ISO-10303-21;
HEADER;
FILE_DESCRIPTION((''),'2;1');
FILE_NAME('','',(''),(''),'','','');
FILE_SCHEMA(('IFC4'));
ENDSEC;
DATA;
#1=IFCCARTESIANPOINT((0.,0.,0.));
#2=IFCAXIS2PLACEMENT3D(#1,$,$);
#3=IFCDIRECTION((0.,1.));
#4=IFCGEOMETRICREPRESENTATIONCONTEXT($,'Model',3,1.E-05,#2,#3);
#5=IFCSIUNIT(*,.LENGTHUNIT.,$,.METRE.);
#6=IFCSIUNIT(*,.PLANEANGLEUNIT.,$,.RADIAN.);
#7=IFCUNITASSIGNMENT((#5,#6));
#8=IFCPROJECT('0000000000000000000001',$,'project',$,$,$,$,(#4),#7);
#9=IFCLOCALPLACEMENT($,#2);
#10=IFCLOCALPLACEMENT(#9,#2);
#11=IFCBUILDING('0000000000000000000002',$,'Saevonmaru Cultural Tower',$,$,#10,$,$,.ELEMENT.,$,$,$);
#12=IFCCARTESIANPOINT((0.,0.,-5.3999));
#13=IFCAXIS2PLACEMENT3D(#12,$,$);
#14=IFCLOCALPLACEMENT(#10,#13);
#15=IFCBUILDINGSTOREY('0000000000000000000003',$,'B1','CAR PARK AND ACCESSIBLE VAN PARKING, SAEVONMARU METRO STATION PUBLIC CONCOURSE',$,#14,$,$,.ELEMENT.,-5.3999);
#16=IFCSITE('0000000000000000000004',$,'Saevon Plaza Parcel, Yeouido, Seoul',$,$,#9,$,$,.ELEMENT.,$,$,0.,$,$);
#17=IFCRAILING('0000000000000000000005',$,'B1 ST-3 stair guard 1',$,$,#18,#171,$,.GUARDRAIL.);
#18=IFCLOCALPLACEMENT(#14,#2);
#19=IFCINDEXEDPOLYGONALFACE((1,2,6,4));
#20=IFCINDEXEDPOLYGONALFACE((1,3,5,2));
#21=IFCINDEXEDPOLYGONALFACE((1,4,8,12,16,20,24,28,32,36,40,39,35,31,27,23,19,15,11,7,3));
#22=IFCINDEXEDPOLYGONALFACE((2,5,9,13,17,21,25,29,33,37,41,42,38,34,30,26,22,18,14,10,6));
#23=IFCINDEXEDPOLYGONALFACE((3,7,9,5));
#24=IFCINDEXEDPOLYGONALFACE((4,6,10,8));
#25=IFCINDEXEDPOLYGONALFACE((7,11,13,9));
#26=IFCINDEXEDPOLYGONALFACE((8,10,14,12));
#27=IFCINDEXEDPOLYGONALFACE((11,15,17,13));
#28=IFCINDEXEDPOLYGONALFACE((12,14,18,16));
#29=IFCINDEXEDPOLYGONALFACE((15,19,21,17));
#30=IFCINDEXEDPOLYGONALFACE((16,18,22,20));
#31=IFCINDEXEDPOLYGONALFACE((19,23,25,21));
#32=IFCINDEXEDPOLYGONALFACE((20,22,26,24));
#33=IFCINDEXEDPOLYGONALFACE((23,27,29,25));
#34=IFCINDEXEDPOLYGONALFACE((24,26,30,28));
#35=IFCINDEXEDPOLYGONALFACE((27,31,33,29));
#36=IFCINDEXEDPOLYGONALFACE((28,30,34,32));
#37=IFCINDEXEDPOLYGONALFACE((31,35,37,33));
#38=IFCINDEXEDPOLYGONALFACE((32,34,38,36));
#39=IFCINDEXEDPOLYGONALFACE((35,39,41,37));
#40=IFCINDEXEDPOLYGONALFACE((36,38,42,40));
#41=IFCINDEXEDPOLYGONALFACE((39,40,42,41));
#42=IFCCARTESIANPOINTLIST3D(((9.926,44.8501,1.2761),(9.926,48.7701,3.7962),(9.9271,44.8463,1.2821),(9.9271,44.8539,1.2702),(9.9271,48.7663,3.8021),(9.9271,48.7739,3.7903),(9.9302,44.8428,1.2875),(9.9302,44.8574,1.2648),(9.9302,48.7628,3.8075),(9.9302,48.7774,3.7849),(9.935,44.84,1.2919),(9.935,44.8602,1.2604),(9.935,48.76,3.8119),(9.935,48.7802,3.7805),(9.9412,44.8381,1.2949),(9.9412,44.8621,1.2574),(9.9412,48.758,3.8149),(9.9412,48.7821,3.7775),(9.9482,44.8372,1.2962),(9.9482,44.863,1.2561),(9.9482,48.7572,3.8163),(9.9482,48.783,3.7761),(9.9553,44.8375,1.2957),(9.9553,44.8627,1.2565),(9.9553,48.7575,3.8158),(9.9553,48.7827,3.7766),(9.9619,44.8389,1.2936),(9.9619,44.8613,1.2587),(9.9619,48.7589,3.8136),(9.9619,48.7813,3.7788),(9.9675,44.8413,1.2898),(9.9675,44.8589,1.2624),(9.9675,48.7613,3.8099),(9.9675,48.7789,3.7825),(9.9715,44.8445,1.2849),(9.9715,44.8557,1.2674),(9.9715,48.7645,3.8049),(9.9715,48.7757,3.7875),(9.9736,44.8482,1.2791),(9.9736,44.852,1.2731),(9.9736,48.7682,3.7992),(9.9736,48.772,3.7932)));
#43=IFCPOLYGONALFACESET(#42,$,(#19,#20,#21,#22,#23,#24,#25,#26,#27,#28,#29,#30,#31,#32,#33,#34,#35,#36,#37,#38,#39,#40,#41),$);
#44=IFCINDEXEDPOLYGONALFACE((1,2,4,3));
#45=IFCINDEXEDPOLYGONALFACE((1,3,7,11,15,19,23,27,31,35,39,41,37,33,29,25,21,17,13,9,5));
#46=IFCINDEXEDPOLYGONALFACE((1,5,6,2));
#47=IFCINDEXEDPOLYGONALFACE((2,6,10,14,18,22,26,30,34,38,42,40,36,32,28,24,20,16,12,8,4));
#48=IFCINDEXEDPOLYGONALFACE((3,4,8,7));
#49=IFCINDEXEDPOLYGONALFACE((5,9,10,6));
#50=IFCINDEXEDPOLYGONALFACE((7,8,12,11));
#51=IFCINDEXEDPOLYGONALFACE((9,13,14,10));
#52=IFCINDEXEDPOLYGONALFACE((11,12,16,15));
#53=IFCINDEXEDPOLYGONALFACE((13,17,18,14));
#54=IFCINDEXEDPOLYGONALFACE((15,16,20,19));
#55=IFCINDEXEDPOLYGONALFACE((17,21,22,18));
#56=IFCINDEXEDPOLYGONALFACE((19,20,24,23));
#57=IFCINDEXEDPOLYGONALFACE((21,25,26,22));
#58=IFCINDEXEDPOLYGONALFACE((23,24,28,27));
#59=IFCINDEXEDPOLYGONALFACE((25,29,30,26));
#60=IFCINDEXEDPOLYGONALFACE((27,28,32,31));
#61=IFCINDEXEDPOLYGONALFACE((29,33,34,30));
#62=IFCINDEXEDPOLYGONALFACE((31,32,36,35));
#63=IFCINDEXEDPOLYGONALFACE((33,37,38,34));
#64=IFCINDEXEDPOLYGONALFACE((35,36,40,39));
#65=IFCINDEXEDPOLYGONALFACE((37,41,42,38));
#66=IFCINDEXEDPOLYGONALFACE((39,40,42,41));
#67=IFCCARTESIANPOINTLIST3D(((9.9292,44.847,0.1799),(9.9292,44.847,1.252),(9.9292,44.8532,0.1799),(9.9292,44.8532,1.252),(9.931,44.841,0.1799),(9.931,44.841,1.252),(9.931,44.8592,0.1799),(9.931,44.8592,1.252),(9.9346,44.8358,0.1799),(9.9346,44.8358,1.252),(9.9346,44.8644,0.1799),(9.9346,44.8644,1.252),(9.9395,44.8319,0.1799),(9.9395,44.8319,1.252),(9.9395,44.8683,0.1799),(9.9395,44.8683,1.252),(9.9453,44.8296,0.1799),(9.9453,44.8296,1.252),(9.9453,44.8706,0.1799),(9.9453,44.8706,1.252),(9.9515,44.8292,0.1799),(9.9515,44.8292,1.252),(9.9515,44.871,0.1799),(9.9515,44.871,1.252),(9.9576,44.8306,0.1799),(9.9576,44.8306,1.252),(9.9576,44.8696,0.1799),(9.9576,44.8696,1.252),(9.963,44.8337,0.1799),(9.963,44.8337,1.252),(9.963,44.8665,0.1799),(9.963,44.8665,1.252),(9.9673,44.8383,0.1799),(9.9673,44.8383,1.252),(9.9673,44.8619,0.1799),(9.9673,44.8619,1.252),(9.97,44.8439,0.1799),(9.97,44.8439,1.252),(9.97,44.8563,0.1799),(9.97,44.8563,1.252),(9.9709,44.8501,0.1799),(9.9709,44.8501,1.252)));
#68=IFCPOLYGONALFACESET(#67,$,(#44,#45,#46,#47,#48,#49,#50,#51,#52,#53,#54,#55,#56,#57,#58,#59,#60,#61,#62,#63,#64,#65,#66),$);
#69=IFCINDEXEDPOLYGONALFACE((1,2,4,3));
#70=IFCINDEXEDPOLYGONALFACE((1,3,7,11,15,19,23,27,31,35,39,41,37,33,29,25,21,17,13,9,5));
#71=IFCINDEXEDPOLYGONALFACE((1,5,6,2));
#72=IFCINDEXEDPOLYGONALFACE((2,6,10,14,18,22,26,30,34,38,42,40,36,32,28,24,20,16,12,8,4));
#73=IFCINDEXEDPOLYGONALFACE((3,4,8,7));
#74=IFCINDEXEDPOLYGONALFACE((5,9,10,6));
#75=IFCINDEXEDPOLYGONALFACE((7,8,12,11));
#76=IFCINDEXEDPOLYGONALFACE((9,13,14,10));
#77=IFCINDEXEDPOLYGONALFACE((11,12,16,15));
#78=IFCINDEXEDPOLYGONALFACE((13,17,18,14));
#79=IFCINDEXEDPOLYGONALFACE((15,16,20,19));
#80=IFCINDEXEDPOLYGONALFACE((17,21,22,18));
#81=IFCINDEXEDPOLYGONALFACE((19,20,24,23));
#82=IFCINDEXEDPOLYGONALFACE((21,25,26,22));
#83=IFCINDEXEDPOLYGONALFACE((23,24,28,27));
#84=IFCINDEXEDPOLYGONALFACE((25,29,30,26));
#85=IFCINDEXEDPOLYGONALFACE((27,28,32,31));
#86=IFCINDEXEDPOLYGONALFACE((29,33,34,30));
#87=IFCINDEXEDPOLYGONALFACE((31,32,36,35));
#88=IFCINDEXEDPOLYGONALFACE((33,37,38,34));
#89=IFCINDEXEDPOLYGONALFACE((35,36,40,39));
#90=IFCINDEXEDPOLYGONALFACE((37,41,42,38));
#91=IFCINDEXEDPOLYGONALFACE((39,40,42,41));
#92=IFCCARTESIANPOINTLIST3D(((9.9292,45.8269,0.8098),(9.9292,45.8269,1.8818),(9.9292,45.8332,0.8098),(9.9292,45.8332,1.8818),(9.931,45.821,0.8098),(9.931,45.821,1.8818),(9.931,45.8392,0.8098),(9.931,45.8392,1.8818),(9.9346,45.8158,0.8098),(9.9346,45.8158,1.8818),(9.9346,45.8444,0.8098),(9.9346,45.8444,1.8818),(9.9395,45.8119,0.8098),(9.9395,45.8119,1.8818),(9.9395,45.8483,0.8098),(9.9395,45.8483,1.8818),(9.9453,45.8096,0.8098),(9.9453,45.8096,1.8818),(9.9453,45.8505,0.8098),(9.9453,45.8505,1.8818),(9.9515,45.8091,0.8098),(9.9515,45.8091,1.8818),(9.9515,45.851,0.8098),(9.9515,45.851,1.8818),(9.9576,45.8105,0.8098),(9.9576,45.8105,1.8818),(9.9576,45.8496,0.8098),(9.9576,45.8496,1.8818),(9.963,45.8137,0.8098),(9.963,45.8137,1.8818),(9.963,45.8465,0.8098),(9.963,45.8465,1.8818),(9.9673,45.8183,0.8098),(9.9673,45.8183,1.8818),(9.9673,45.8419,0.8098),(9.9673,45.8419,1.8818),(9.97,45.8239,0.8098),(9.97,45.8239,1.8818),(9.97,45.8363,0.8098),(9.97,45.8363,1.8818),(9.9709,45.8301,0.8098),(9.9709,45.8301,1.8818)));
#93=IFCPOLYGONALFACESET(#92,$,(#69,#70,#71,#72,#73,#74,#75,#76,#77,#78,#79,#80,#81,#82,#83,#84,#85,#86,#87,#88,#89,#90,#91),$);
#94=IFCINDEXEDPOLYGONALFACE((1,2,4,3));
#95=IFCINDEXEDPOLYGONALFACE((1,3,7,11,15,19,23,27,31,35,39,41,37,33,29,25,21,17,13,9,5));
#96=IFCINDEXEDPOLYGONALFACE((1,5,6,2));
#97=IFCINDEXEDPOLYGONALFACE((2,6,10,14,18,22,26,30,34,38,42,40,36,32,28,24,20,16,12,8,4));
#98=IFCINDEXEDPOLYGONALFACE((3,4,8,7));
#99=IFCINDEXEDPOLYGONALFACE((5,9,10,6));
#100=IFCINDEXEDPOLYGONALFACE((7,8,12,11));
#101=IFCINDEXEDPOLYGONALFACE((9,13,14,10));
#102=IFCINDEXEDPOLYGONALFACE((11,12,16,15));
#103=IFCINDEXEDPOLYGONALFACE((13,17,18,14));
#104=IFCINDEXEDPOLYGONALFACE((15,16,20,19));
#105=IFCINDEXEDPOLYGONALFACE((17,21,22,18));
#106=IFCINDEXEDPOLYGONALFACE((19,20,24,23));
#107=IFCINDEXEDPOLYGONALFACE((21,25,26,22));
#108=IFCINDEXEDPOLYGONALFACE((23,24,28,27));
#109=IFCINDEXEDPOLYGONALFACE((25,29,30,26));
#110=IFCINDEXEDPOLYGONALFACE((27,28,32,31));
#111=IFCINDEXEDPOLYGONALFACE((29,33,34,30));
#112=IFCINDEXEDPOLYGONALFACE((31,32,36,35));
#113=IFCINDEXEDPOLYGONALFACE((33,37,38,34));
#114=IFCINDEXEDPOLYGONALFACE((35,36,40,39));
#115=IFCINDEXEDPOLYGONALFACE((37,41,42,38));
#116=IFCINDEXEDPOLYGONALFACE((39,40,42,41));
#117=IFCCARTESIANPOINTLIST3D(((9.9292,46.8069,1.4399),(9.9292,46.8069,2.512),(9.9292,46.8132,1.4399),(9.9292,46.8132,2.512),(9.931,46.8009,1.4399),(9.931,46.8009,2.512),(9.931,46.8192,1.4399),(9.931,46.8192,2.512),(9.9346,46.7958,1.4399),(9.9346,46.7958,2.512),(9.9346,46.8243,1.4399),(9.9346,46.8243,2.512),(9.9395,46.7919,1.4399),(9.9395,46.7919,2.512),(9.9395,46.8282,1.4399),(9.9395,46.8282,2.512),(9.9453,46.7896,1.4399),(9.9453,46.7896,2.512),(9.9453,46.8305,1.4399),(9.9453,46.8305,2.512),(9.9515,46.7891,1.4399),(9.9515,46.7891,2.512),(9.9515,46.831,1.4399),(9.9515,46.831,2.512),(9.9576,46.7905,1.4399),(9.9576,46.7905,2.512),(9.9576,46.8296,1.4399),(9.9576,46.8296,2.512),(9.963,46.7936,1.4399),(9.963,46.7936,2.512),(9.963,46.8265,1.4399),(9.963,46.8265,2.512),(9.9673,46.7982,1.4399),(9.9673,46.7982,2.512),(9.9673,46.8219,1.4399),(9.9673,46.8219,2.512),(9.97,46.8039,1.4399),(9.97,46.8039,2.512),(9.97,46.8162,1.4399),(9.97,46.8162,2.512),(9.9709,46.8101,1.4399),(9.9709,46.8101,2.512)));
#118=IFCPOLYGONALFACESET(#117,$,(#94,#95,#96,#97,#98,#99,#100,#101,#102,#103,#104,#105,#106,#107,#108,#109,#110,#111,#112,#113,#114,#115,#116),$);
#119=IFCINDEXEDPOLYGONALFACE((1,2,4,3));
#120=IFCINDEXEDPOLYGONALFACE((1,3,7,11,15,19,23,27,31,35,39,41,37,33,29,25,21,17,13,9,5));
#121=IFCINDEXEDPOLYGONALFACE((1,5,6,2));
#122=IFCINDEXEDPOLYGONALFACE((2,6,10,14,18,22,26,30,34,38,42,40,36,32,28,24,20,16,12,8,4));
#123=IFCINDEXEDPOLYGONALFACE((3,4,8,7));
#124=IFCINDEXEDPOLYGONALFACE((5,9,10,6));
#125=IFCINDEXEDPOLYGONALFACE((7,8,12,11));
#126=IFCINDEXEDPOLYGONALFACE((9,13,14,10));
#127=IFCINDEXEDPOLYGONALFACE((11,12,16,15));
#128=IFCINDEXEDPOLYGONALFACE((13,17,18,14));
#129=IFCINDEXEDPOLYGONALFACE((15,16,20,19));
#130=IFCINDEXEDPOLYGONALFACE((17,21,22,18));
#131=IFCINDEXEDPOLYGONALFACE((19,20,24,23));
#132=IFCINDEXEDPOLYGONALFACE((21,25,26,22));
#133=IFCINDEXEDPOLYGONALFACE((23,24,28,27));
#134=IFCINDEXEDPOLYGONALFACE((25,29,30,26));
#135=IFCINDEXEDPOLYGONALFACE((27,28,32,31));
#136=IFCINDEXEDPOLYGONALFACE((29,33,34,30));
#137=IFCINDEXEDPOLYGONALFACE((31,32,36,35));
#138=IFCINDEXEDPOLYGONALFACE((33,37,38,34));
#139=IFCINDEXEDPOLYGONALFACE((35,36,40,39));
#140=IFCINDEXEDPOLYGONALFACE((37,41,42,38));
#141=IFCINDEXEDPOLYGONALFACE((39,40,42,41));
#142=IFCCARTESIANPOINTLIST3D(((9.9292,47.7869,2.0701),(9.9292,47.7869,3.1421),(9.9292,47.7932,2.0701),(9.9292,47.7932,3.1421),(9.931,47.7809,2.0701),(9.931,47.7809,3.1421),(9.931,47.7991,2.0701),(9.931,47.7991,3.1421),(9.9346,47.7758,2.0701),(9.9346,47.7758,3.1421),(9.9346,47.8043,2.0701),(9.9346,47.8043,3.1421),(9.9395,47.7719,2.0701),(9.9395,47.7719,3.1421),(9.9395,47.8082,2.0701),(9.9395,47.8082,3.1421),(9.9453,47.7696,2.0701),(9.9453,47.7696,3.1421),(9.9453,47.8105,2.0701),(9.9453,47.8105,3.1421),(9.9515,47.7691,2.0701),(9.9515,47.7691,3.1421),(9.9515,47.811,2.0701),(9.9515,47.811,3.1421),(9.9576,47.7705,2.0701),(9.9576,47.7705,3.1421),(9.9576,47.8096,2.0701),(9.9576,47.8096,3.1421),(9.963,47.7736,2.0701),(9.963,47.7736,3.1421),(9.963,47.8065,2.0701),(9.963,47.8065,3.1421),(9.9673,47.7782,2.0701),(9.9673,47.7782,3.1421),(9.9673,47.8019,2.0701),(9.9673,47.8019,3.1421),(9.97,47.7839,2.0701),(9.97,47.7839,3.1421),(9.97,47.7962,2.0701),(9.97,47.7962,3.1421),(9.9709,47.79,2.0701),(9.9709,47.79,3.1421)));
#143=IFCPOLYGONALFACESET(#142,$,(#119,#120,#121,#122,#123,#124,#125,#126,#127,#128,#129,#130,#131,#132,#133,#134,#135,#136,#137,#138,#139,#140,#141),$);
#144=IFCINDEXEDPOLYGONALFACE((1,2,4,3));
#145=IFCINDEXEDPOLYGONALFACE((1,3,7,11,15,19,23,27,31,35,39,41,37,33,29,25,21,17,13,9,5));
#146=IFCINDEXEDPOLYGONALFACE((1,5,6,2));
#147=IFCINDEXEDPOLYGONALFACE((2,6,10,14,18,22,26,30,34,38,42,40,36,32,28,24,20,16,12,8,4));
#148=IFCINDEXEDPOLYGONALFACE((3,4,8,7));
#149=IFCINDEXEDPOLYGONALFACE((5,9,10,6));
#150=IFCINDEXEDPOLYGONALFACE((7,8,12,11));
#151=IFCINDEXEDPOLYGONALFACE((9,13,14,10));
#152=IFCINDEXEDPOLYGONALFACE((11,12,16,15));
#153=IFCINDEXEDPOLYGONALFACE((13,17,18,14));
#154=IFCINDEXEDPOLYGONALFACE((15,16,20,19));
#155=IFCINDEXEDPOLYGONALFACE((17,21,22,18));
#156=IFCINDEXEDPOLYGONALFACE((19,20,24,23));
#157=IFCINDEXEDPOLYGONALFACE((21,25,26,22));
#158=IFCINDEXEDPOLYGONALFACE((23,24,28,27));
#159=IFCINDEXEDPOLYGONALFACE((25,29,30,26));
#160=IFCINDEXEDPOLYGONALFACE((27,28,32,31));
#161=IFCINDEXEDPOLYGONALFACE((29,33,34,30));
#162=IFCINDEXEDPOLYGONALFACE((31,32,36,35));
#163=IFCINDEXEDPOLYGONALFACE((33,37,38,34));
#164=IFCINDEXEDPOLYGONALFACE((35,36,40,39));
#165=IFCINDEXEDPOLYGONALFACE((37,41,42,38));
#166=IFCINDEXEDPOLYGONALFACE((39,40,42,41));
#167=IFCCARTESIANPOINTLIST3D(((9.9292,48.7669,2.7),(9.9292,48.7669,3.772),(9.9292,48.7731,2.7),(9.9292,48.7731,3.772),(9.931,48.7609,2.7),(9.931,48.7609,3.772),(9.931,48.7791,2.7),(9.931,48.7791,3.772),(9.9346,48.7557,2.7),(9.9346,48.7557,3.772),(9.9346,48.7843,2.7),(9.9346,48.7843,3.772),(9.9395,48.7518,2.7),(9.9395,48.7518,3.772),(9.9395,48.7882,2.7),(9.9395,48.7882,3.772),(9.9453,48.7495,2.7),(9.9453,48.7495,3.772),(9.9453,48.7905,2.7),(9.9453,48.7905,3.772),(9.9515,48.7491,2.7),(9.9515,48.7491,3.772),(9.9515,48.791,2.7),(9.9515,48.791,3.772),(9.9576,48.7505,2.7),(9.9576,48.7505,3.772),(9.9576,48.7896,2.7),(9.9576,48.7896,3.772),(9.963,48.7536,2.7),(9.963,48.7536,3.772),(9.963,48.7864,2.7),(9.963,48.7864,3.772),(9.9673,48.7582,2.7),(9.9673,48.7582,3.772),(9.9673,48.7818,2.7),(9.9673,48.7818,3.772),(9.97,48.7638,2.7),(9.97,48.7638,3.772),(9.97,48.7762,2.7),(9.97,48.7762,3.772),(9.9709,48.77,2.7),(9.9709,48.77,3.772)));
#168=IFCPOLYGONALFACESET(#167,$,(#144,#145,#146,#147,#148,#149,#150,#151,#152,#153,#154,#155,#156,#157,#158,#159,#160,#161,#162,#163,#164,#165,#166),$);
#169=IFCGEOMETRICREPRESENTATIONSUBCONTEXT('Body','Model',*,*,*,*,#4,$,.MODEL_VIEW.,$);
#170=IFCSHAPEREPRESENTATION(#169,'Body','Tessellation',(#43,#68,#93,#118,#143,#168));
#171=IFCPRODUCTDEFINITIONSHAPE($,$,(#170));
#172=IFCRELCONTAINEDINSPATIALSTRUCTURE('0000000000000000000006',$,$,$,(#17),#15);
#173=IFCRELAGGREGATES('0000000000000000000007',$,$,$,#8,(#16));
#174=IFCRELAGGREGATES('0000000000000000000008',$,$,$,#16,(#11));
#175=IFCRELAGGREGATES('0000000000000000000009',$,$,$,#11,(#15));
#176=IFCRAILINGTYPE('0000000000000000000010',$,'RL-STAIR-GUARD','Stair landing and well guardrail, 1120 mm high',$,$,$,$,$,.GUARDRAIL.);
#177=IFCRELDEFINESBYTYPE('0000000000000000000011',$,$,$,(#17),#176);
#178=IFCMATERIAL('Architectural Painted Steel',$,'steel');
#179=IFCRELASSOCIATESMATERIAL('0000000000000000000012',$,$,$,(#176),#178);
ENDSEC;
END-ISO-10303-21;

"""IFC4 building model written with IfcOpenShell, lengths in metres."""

from ifc_helpers import new_model, si_unit, direction, frame, origin, origin_2d, place, context, subcontext, project, spatial, circle, extrude, material, type_object, element, save


model = new_model("IFC4")

# Units and contexts
model_context = context("Model", 3, precision=1e-05, world=origin(), true_north=direction((0.0, 1.0)))
body_context = subcontext(model_context, "Body", "Model", "MODEL_VIEW")
ifc_project = project(units=[si_unit("LENGTHUNIT", "METRE"), si_unit("PLANEANGLEUNIT", "RADIAN")], contexts=[model_context])

# Site, building, storey
site_placement = place(None, origin())
site = spatial("IfcSite", under=ifc_project, at=site_placement, Name="Saevon Plaza Parcel, Yeouido, Seoul", CompositionType="ELEMENT", RefElevation=0.0)
building_placement = place(site_placement, origin())
building = spatial("IfcBuilding", under=site, at=building_placement, Name="Saevonmaru Cultural Tower", CompositionType="ELEMENT")
storey_placement = place(building_placement, frame((0.0, 0.0, -5.3999)))
storey = spatial("IfcBuildingStorey", under=building, at=storey_placement, Name="B1", Description="CAR PARK AND ACCESSIBLE VAN PARKING, SAEVONMARU METRO STATION PUBLIC CONCOURSE", CompositionType="ELEMENT", Elevation=-5.3999)

# Railing
ifc_material_1 = material(Name="Architectural Painted Steel", Category="steel")
railing_type_1 = type_object("IfcRailingType", Name="RL-STAIR-GUARD", Description="Stair landing and well guardrail, 1120 mm high", PredefinedType="GUARDRAIL", material=ifc_material_1)
railing_1_placement = place(storey_placement, frame((9.95, 44.8501, 0.1799)))
element("IfcRailing", 1, at=railing_1_placement, inside=storey, type_object=railing_type_1, Name="B1 ST-3 stair guard 1", PredefinedType="GUARDRAIL", context=body_context, shape_type="SweptSolid", body=[
    extrude(circle(Radius=0.0239, at=origin_2d()), frame((0.0, 0.0, 1.0962), z_axis=(0.0, 0.841172, 0.540768), x_axis=(-1.0, 0.0, 0.0)), (0.0, 0.0, 1.0), 4.6602),
    extrude(circle(Radius=0.021, at=origin_2d()), origin(), (0.0, 0.0, 1.0), 1.072),
    extrude(circle(Radius=0.021, at=origin_2d()), frame((0.0, 0.98, 0.6299)), (0.0, 0.0, 1.0), 1.072),
    extrude(circle(Radius=0.021, at=origin_2d()), frame((0.0, 1.96, 1.26)), (0.0, 0.0, 1.0), 1.072),
    extrude(circle(Radius=0.021, at=origin_2d()), frame((0.0, 2.9399, 1.8901)), (0.0, 0.0, 1.0), 1.072),
    extrude(circle(Radius=0.021, at=origin_2d()), frame((0.0, 3.9199, 2.52)), (0.0, 0.0, 1.0), 1.072),
])

save(model, "model.ifc")
